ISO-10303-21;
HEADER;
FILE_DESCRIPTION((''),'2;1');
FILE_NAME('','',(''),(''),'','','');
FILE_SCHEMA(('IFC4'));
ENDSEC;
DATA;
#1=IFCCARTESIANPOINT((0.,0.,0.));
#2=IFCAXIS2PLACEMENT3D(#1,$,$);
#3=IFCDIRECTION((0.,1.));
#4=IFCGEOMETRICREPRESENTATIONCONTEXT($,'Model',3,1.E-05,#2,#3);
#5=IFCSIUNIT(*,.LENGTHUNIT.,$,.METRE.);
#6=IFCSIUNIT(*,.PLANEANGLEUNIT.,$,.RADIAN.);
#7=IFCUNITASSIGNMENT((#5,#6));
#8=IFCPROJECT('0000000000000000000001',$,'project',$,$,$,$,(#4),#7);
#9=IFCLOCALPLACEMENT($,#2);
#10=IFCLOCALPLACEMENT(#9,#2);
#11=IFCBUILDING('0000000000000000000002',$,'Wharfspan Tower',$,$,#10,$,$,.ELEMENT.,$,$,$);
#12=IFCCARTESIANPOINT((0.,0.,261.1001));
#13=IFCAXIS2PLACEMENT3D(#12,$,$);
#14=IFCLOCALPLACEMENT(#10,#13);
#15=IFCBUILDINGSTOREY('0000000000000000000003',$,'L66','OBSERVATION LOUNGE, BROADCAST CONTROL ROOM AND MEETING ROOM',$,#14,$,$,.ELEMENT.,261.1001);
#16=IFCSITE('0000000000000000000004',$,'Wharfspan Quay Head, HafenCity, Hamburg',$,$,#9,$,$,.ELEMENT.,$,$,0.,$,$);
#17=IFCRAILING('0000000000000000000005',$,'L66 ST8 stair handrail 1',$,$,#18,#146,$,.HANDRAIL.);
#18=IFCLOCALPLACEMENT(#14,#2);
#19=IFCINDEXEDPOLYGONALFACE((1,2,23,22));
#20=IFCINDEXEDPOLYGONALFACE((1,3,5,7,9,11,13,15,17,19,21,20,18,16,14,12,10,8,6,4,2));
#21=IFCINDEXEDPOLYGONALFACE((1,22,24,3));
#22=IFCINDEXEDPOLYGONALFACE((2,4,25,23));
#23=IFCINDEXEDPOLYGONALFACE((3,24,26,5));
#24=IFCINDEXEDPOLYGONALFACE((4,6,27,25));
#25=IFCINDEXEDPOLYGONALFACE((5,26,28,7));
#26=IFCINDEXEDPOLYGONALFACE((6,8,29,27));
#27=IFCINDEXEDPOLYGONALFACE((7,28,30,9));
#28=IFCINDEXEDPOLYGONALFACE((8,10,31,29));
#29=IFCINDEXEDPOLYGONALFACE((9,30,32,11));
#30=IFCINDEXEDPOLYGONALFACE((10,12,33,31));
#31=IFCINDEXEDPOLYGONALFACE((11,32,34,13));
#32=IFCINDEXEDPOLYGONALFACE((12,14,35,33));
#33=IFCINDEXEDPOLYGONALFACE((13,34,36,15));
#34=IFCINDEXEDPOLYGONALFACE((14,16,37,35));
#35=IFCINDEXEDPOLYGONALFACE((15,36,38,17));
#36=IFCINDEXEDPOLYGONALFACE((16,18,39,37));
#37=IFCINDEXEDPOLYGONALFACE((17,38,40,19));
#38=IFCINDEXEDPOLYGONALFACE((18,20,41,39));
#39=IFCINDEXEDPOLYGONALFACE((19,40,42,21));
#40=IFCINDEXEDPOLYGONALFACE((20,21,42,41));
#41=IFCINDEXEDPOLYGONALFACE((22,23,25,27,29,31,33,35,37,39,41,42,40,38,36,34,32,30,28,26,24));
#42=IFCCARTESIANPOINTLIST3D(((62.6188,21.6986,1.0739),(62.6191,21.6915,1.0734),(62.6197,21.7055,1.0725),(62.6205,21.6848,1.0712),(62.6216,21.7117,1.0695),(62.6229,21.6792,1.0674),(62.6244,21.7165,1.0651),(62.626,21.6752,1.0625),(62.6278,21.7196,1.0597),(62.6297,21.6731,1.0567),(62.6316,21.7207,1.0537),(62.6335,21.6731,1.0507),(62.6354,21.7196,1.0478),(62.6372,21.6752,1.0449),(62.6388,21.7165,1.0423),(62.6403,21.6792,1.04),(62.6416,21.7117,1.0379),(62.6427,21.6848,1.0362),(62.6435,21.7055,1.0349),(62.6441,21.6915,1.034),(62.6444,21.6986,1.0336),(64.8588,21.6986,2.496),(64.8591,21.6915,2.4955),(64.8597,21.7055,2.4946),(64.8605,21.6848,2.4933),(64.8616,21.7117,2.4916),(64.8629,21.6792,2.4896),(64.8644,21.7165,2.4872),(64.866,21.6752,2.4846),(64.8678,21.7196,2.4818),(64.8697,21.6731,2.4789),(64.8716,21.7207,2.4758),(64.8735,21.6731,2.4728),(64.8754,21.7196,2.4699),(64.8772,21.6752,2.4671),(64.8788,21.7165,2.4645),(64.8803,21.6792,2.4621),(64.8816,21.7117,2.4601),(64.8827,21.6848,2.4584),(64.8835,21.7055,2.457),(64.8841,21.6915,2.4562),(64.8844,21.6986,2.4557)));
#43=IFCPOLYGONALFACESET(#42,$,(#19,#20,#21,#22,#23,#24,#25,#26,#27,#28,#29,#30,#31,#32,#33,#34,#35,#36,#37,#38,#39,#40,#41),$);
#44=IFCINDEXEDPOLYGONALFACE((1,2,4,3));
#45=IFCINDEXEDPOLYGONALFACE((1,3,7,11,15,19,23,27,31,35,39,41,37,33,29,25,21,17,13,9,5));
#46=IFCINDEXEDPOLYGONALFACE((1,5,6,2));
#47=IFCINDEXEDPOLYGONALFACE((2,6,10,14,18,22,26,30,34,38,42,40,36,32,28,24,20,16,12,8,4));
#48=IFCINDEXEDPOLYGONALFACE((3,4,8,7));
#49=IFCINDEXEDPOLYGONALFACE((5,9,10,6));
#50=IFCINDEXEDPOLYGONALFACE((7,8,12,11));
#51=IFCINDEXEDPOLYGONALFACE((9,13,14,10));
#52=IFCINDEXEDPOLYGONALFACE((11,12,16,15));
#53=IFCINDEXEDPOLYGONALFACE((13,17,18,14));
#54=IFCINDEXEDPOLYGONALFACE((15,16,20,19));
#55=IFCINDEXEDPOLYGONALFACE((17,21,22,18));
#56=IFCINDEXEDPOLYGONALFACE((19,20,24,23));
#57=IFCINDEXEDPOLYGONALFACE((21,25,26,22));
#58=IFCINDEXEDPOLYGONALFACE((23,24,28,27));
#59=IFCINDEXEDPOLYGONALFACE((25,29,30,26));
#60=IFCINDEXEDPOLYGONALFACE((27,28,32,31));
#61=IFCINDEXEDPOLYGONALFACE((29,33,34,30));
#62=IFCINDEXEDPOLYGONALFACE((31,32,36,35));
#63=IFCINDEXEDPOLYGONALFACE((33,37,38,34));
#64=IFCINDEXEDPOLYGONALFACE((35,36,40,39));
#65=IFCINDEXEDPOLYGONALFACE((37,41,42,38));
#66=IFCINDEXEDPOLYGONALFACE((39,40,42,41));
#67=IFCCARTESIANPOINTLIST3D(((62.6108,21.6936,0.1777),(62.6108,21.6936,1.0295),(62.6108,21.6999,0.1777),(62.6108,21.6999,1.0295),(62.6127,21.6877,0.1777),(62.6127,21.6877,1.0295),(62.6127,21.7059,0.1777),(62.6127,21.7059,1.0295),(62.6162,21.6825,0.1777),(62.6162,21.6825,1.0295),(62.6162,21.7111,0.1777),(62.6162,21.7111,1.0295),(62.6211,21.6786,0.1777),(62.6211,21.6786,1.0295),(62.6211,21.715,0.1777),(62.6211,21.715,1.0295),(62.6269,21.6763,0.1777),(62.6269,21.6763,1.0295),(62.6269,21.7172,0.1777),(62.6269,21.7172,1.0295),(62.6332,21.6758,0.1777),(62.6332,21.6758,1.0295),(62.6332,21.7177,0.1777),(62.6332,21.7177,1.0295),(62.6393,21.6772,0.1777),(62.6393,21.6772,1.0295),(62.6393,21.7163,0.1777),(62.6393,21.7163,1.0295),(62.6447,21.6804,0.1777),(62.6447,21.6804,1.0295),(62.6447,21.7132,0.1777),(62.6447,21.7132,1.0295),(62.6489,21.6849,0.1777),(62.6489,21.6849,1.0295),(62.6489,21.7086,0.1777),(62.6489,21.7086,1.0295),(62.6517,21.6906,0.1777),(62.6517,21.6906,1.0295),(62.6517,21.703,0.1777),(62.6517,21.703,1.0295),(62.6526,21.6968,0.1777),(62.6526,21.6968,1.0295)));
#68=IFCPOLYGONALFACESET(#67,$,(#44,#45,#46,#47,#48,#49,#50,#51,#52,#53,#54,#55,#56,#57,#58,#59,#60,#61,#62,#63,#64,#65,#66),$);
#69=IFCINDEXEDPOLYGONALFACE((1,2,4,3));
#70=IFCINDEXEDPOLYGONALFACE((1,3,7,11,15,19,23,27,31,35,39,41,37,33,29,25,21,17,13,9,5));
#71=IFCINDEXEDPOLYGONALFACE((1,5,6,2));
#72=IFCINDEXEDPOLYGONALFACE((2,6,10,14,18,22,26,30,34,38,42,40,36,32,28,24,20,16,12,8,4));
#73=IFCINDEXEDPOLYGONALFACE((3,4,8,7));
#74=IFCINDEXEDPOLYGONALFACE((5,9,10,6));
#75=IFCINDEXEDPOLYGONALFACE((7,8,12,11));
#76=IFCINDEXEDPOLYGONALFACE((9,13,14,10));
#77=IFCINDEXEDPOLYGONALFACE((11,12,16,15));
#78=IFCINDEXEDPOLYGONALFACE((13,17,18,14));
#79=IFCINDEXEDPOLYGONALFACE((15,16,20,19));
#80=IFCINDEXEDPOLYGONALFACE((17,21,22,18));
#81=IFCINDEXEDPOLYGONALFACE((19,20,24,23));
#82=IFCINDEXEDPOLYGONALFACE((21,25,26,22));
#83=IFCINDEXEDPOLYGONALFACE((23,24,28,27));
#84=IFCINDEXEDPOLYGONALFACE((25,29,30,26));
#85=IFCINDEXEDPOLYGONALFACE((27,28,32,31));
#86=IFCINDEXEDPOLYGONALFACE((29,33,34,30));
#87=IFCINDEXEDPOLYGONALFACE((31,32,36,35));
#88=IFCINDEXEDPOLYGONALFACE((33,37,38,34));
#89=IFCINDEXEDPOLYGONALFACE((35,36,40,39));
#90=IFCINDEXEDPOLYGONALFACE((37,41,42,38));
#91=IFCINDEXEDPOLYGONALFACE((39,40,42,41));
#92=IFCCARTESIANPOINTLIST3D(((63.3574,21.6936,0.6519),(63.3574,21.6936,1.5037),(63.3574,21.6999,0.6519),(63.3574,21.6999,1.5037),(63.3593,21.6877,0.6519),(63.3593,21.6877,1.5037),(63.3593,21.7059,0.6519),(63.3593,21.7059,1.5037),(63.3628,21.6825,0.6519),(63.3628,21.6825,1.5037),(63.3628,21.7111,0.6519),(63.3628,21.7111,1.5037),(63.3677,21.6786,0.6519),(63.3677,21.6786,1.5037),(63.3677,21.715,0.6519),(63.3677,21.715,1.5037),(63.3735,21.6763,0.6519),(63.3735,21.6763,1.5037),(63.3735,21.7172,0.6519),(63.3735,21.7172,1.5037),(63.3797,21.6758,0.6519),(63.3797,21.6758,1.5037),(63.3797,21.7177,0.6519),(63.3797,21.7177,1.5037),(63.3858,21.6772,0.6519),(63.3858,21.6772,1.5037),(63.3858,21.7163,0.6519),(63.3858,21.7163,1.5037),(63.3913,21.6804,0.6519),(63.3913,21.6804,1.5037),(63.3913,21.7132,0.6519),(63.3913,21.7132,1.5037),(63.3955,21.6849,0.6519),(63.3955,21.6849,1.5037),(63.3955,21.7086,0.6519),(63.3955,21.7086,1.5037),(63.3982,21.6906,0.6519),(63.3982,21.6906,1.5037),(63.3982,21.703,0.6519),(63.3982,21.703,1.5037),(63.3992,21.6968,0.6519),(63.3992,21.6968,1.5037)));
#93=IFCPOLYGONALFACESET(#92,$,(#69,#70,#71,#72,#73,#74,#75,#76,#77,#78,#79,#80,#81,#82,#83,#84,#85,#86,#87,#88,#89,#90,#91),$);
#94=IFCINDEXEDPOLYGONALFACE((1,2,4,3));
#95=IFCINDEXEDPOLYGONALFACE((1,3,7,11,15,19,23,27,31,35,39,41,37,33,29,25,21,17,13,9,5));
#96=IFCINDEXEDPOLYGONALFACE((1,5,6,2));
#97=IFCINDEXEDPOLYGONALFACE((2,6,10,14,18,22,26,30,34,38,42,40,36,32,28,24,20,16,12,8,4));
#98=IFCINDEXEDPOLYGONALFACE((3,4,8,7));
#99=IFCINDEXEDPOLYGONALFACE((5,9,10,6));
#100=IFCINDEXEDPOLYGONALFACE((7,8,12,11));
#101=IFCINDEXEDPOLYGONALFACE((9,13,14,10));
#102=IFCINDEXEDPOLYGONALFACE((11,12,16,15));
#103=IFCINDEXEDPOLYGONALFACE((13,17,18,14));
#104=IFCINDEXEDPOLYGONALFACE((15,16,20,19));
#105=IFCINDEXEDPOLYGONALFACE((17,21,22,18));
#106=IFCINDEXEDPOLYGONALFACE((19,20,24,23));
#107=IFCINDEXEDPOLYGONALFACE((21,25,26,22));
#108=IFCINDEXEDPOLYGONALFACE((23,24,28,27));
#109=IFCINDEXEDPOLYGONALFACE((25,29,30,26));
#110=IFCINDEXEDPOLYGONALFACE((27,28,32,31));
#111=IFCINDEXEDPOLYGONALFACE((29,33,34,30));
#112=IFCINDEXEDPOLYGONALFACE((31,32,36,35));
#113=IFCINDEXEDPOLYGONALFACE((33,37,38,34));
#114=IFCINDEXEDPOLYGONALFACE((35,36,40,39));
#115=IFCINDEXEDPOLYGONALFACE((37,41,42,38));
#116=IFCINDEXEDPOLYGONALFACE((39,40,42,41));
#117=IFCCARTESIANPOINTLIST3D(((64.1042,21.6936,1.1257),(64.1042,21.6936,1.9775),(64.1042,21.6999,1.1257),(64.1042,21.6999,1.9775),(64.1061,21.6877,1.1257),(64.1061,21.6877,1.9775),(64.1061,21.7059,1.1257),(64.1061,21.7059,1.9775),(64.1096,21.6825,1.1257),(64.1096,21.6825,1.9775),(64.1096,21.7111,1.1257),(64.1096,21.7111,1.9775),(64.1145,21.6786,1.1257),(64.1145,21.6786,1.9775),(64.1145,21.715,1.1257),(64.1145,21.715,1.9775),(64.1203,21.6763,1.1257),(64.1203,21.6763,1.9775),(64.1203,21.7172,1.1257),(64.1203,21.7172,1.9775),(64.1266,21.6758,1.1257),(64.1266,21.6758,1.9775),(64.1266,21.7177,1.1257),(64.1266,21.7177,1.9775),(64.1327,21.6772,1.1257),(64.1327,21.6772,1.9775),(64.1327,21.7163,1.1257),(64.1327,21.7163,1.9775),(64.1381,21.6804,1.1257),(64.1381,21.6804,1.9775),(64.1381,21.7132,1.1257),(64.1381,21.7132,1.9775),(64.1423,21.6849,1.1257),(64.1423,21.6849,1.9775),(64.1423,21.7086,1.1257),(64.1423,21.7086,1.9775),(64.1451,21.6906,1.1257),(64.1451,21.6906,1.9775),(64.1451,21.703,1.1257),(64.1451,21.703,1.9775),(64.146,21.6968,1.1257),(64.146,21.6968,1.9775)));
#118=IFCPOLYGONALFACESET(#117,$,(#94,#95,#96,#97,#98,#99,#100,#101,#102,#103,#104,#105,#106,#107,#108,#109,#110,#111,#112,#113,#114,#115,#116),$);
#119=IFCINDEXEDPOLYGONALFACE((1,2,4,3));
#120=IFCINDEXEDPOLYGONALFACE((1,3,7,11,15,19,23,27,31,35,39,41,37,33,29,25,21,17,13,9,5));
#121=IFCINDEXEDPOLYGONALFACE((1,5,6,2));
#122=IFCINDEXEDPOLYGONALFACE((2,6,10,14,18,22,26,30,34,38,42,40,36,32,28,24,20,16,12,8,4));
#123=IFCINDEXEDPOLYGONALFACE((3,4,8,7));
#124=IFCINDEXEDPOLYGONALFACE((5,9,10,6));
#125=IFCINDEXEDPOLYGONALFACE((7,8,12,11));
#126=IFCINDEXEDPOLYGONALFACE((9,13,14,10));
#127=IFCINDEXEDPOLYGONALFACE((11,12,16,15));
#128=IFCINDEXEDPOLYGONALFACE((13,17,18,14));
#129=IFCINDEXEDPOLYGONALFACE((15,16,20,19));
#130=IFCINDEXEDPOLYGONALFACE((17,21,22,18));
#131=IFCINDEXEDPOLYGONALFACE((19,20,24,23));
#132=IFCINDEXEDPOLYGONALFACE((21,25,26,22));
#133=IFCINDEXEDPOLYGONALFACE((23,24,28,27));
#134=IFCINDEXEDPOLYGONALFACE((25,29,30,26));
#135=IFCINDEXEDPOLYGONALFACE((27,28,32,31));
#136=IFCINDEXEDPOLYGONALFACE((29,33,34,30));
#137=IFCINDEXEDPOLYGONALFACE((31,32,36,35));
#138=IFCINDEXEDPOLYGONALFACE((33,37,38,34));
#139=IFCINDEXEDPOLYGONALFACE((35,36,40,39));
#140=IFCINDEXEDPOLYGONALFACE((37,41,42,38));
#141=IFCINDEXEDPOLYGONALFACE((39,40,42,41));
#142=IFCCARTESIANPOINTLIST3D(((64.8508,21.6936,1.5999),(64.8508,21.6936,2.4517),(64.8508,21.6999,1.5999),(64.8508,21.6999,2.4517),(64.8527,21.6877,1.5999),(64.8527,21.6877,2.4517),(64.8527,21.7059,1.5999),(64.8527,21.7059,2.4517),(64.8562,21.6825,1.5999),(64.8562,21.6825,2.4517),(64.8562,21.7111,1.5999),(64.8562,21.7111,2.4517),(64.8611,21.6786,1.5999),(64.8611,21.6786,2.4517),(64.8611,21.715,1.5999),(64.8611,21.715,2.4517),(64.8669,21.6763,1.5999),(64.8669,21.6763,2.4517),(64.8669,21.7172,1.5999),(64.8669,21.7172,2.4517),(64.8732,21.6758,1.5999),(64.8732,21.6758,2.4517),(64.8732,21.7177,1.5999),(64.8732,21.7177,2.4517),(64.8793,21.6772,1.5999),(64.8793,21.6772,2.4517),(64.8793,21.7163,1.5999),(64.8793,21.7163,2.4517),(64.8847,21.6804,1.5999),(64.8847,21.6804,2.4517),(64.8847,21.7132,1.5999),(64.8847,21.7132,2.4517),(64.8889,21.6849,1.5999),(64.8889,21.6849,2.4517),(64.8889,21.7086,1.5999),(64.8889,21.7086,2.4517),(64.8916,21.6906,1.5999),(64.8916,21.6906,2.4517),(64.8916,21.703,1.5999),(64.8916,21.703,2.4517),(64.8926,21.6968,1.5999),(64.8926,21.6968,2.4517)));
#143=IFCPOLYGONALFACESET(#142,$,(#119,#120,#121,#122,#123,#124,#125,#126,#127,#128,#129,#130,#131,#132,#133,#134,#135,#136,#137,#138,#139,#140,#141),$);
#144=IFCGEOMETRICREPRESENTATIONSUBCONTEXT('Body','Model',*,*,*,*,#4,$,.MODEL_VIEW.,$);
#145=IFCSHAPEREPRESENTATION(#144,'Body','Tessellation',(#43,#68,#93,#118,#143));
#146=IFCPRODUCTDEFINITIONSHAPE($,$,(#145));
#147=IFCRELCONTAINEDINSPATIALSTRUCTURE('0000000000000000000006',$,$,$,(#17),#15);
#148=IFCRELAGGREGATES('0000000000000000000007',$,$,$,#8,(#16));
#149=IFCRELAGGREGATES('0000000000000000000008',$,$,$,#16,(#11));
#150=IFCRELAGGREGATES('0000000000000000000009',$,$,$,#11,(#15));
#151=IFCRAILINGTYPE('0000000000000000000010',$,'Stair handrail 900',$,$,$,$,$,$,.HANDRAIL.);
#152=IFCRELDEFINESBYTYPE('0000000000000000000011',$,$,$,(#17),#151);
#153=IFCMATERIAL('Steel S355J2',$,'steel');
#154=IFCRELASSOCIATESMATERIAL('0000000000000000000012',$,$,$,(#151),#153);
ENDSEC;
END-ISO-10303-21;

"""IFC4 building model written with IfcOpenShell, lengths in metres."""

from ifc_helpers import new_model, si_unit, direction, frame, origin, origin_2d, place, context, subcontext, project, spatial, circle, extrude, material, type_object, element, save


model = new_model("IFC4")

# Units and contexts
model_context = context("Model", 3, precision=1e-05, world=origin(), true_north=direction((0.0, 1.0)))
body_context = subcontext(model_context, "Body", "Model", "MODEL_VIEW")
ifc_project = project(units=[si_unit("LENGTHUNIT", "METRE"), si_unit("PLANEANGLEUNIT", "RADIAN")], contexts=[model_context])

# Site, building, storey
site_placement = place(None, origin())
site = spatial("IfcSite", under=ifc_project, at=site_placement, Name="Wharfspan Quay Head, HafenCity, Hamburg", CompositionType="ELEMENT", RefElevation=0.0)
building_placement = place(site_placement, origin())
building = spatial("IfcBuilding", under=site, at=building_placement, Name="Wharfspan Tower", CompositionType="ELEMENT")
storey_placement = place(building_placement, frame((0.0, 0.0, 261.1001)))
storey = spatial("IfcBuildingStorey", under=building, at=storey_placement, Name="L66", Description="OBSERVATION LOUNGE, BROADCAST CONTROL ROOM AND MEETING ROOM", CompositionType="ELEMENT", Elevation=261.1001)

# Shared definitions
ifc_material_1 = material(Name="Steel S355J2", Category="steel")

# Railing
railing_type_1 = type_object("IfcRailingType", Name="Stair handrail 900", PredefinedType="HANDRAIL", material=ifc_material_1)
railing_1_placement = place(storey_placement, frame((62.6316, 21.6968, 0.1777)))
element("IfcRailing", 1, at=railing_1_placement, inside=storey, type_object=railing_type_1, Name="L66 ST8 stair handrail 1", PredefinedType="HANDRAIL", context=body_context, shape_type="SweptSolid", body=[
    extrude(circle(Radius=0.0239, at=origin_2d()), frame((0.0, 0.0, 0.876), z_axis=(0.844229, 0.0, 0.535982), x_axis=(0.0, 1.0, 0.0)), (0.0, 0.0, 1.0), 2.6533),
    extrude(circle(Radius=0.021, at=origin_2d()), origin(), (0.0, 0.0, 1.0), 0.8518),
    extrude(circle(Radius=0.021, at=origin_2d()), frame((0.7466, 0.0, 0.4741)), (0.0, 0.0, 1.0), 0.8518),
    extrude(circle(Radius=0.021, at=origin_2d()), frame((1.4934, 0.0, 0.948)), (0.0, 0.0, 1.0), 0.8518),
    extrude(circle(Radius=0.021, at=origin_2d()), frame((2.24, 0.0, 1.4221)), (0.0, 0.0, 1.0), 0.8518),
])

save(model, "model.ifc")
